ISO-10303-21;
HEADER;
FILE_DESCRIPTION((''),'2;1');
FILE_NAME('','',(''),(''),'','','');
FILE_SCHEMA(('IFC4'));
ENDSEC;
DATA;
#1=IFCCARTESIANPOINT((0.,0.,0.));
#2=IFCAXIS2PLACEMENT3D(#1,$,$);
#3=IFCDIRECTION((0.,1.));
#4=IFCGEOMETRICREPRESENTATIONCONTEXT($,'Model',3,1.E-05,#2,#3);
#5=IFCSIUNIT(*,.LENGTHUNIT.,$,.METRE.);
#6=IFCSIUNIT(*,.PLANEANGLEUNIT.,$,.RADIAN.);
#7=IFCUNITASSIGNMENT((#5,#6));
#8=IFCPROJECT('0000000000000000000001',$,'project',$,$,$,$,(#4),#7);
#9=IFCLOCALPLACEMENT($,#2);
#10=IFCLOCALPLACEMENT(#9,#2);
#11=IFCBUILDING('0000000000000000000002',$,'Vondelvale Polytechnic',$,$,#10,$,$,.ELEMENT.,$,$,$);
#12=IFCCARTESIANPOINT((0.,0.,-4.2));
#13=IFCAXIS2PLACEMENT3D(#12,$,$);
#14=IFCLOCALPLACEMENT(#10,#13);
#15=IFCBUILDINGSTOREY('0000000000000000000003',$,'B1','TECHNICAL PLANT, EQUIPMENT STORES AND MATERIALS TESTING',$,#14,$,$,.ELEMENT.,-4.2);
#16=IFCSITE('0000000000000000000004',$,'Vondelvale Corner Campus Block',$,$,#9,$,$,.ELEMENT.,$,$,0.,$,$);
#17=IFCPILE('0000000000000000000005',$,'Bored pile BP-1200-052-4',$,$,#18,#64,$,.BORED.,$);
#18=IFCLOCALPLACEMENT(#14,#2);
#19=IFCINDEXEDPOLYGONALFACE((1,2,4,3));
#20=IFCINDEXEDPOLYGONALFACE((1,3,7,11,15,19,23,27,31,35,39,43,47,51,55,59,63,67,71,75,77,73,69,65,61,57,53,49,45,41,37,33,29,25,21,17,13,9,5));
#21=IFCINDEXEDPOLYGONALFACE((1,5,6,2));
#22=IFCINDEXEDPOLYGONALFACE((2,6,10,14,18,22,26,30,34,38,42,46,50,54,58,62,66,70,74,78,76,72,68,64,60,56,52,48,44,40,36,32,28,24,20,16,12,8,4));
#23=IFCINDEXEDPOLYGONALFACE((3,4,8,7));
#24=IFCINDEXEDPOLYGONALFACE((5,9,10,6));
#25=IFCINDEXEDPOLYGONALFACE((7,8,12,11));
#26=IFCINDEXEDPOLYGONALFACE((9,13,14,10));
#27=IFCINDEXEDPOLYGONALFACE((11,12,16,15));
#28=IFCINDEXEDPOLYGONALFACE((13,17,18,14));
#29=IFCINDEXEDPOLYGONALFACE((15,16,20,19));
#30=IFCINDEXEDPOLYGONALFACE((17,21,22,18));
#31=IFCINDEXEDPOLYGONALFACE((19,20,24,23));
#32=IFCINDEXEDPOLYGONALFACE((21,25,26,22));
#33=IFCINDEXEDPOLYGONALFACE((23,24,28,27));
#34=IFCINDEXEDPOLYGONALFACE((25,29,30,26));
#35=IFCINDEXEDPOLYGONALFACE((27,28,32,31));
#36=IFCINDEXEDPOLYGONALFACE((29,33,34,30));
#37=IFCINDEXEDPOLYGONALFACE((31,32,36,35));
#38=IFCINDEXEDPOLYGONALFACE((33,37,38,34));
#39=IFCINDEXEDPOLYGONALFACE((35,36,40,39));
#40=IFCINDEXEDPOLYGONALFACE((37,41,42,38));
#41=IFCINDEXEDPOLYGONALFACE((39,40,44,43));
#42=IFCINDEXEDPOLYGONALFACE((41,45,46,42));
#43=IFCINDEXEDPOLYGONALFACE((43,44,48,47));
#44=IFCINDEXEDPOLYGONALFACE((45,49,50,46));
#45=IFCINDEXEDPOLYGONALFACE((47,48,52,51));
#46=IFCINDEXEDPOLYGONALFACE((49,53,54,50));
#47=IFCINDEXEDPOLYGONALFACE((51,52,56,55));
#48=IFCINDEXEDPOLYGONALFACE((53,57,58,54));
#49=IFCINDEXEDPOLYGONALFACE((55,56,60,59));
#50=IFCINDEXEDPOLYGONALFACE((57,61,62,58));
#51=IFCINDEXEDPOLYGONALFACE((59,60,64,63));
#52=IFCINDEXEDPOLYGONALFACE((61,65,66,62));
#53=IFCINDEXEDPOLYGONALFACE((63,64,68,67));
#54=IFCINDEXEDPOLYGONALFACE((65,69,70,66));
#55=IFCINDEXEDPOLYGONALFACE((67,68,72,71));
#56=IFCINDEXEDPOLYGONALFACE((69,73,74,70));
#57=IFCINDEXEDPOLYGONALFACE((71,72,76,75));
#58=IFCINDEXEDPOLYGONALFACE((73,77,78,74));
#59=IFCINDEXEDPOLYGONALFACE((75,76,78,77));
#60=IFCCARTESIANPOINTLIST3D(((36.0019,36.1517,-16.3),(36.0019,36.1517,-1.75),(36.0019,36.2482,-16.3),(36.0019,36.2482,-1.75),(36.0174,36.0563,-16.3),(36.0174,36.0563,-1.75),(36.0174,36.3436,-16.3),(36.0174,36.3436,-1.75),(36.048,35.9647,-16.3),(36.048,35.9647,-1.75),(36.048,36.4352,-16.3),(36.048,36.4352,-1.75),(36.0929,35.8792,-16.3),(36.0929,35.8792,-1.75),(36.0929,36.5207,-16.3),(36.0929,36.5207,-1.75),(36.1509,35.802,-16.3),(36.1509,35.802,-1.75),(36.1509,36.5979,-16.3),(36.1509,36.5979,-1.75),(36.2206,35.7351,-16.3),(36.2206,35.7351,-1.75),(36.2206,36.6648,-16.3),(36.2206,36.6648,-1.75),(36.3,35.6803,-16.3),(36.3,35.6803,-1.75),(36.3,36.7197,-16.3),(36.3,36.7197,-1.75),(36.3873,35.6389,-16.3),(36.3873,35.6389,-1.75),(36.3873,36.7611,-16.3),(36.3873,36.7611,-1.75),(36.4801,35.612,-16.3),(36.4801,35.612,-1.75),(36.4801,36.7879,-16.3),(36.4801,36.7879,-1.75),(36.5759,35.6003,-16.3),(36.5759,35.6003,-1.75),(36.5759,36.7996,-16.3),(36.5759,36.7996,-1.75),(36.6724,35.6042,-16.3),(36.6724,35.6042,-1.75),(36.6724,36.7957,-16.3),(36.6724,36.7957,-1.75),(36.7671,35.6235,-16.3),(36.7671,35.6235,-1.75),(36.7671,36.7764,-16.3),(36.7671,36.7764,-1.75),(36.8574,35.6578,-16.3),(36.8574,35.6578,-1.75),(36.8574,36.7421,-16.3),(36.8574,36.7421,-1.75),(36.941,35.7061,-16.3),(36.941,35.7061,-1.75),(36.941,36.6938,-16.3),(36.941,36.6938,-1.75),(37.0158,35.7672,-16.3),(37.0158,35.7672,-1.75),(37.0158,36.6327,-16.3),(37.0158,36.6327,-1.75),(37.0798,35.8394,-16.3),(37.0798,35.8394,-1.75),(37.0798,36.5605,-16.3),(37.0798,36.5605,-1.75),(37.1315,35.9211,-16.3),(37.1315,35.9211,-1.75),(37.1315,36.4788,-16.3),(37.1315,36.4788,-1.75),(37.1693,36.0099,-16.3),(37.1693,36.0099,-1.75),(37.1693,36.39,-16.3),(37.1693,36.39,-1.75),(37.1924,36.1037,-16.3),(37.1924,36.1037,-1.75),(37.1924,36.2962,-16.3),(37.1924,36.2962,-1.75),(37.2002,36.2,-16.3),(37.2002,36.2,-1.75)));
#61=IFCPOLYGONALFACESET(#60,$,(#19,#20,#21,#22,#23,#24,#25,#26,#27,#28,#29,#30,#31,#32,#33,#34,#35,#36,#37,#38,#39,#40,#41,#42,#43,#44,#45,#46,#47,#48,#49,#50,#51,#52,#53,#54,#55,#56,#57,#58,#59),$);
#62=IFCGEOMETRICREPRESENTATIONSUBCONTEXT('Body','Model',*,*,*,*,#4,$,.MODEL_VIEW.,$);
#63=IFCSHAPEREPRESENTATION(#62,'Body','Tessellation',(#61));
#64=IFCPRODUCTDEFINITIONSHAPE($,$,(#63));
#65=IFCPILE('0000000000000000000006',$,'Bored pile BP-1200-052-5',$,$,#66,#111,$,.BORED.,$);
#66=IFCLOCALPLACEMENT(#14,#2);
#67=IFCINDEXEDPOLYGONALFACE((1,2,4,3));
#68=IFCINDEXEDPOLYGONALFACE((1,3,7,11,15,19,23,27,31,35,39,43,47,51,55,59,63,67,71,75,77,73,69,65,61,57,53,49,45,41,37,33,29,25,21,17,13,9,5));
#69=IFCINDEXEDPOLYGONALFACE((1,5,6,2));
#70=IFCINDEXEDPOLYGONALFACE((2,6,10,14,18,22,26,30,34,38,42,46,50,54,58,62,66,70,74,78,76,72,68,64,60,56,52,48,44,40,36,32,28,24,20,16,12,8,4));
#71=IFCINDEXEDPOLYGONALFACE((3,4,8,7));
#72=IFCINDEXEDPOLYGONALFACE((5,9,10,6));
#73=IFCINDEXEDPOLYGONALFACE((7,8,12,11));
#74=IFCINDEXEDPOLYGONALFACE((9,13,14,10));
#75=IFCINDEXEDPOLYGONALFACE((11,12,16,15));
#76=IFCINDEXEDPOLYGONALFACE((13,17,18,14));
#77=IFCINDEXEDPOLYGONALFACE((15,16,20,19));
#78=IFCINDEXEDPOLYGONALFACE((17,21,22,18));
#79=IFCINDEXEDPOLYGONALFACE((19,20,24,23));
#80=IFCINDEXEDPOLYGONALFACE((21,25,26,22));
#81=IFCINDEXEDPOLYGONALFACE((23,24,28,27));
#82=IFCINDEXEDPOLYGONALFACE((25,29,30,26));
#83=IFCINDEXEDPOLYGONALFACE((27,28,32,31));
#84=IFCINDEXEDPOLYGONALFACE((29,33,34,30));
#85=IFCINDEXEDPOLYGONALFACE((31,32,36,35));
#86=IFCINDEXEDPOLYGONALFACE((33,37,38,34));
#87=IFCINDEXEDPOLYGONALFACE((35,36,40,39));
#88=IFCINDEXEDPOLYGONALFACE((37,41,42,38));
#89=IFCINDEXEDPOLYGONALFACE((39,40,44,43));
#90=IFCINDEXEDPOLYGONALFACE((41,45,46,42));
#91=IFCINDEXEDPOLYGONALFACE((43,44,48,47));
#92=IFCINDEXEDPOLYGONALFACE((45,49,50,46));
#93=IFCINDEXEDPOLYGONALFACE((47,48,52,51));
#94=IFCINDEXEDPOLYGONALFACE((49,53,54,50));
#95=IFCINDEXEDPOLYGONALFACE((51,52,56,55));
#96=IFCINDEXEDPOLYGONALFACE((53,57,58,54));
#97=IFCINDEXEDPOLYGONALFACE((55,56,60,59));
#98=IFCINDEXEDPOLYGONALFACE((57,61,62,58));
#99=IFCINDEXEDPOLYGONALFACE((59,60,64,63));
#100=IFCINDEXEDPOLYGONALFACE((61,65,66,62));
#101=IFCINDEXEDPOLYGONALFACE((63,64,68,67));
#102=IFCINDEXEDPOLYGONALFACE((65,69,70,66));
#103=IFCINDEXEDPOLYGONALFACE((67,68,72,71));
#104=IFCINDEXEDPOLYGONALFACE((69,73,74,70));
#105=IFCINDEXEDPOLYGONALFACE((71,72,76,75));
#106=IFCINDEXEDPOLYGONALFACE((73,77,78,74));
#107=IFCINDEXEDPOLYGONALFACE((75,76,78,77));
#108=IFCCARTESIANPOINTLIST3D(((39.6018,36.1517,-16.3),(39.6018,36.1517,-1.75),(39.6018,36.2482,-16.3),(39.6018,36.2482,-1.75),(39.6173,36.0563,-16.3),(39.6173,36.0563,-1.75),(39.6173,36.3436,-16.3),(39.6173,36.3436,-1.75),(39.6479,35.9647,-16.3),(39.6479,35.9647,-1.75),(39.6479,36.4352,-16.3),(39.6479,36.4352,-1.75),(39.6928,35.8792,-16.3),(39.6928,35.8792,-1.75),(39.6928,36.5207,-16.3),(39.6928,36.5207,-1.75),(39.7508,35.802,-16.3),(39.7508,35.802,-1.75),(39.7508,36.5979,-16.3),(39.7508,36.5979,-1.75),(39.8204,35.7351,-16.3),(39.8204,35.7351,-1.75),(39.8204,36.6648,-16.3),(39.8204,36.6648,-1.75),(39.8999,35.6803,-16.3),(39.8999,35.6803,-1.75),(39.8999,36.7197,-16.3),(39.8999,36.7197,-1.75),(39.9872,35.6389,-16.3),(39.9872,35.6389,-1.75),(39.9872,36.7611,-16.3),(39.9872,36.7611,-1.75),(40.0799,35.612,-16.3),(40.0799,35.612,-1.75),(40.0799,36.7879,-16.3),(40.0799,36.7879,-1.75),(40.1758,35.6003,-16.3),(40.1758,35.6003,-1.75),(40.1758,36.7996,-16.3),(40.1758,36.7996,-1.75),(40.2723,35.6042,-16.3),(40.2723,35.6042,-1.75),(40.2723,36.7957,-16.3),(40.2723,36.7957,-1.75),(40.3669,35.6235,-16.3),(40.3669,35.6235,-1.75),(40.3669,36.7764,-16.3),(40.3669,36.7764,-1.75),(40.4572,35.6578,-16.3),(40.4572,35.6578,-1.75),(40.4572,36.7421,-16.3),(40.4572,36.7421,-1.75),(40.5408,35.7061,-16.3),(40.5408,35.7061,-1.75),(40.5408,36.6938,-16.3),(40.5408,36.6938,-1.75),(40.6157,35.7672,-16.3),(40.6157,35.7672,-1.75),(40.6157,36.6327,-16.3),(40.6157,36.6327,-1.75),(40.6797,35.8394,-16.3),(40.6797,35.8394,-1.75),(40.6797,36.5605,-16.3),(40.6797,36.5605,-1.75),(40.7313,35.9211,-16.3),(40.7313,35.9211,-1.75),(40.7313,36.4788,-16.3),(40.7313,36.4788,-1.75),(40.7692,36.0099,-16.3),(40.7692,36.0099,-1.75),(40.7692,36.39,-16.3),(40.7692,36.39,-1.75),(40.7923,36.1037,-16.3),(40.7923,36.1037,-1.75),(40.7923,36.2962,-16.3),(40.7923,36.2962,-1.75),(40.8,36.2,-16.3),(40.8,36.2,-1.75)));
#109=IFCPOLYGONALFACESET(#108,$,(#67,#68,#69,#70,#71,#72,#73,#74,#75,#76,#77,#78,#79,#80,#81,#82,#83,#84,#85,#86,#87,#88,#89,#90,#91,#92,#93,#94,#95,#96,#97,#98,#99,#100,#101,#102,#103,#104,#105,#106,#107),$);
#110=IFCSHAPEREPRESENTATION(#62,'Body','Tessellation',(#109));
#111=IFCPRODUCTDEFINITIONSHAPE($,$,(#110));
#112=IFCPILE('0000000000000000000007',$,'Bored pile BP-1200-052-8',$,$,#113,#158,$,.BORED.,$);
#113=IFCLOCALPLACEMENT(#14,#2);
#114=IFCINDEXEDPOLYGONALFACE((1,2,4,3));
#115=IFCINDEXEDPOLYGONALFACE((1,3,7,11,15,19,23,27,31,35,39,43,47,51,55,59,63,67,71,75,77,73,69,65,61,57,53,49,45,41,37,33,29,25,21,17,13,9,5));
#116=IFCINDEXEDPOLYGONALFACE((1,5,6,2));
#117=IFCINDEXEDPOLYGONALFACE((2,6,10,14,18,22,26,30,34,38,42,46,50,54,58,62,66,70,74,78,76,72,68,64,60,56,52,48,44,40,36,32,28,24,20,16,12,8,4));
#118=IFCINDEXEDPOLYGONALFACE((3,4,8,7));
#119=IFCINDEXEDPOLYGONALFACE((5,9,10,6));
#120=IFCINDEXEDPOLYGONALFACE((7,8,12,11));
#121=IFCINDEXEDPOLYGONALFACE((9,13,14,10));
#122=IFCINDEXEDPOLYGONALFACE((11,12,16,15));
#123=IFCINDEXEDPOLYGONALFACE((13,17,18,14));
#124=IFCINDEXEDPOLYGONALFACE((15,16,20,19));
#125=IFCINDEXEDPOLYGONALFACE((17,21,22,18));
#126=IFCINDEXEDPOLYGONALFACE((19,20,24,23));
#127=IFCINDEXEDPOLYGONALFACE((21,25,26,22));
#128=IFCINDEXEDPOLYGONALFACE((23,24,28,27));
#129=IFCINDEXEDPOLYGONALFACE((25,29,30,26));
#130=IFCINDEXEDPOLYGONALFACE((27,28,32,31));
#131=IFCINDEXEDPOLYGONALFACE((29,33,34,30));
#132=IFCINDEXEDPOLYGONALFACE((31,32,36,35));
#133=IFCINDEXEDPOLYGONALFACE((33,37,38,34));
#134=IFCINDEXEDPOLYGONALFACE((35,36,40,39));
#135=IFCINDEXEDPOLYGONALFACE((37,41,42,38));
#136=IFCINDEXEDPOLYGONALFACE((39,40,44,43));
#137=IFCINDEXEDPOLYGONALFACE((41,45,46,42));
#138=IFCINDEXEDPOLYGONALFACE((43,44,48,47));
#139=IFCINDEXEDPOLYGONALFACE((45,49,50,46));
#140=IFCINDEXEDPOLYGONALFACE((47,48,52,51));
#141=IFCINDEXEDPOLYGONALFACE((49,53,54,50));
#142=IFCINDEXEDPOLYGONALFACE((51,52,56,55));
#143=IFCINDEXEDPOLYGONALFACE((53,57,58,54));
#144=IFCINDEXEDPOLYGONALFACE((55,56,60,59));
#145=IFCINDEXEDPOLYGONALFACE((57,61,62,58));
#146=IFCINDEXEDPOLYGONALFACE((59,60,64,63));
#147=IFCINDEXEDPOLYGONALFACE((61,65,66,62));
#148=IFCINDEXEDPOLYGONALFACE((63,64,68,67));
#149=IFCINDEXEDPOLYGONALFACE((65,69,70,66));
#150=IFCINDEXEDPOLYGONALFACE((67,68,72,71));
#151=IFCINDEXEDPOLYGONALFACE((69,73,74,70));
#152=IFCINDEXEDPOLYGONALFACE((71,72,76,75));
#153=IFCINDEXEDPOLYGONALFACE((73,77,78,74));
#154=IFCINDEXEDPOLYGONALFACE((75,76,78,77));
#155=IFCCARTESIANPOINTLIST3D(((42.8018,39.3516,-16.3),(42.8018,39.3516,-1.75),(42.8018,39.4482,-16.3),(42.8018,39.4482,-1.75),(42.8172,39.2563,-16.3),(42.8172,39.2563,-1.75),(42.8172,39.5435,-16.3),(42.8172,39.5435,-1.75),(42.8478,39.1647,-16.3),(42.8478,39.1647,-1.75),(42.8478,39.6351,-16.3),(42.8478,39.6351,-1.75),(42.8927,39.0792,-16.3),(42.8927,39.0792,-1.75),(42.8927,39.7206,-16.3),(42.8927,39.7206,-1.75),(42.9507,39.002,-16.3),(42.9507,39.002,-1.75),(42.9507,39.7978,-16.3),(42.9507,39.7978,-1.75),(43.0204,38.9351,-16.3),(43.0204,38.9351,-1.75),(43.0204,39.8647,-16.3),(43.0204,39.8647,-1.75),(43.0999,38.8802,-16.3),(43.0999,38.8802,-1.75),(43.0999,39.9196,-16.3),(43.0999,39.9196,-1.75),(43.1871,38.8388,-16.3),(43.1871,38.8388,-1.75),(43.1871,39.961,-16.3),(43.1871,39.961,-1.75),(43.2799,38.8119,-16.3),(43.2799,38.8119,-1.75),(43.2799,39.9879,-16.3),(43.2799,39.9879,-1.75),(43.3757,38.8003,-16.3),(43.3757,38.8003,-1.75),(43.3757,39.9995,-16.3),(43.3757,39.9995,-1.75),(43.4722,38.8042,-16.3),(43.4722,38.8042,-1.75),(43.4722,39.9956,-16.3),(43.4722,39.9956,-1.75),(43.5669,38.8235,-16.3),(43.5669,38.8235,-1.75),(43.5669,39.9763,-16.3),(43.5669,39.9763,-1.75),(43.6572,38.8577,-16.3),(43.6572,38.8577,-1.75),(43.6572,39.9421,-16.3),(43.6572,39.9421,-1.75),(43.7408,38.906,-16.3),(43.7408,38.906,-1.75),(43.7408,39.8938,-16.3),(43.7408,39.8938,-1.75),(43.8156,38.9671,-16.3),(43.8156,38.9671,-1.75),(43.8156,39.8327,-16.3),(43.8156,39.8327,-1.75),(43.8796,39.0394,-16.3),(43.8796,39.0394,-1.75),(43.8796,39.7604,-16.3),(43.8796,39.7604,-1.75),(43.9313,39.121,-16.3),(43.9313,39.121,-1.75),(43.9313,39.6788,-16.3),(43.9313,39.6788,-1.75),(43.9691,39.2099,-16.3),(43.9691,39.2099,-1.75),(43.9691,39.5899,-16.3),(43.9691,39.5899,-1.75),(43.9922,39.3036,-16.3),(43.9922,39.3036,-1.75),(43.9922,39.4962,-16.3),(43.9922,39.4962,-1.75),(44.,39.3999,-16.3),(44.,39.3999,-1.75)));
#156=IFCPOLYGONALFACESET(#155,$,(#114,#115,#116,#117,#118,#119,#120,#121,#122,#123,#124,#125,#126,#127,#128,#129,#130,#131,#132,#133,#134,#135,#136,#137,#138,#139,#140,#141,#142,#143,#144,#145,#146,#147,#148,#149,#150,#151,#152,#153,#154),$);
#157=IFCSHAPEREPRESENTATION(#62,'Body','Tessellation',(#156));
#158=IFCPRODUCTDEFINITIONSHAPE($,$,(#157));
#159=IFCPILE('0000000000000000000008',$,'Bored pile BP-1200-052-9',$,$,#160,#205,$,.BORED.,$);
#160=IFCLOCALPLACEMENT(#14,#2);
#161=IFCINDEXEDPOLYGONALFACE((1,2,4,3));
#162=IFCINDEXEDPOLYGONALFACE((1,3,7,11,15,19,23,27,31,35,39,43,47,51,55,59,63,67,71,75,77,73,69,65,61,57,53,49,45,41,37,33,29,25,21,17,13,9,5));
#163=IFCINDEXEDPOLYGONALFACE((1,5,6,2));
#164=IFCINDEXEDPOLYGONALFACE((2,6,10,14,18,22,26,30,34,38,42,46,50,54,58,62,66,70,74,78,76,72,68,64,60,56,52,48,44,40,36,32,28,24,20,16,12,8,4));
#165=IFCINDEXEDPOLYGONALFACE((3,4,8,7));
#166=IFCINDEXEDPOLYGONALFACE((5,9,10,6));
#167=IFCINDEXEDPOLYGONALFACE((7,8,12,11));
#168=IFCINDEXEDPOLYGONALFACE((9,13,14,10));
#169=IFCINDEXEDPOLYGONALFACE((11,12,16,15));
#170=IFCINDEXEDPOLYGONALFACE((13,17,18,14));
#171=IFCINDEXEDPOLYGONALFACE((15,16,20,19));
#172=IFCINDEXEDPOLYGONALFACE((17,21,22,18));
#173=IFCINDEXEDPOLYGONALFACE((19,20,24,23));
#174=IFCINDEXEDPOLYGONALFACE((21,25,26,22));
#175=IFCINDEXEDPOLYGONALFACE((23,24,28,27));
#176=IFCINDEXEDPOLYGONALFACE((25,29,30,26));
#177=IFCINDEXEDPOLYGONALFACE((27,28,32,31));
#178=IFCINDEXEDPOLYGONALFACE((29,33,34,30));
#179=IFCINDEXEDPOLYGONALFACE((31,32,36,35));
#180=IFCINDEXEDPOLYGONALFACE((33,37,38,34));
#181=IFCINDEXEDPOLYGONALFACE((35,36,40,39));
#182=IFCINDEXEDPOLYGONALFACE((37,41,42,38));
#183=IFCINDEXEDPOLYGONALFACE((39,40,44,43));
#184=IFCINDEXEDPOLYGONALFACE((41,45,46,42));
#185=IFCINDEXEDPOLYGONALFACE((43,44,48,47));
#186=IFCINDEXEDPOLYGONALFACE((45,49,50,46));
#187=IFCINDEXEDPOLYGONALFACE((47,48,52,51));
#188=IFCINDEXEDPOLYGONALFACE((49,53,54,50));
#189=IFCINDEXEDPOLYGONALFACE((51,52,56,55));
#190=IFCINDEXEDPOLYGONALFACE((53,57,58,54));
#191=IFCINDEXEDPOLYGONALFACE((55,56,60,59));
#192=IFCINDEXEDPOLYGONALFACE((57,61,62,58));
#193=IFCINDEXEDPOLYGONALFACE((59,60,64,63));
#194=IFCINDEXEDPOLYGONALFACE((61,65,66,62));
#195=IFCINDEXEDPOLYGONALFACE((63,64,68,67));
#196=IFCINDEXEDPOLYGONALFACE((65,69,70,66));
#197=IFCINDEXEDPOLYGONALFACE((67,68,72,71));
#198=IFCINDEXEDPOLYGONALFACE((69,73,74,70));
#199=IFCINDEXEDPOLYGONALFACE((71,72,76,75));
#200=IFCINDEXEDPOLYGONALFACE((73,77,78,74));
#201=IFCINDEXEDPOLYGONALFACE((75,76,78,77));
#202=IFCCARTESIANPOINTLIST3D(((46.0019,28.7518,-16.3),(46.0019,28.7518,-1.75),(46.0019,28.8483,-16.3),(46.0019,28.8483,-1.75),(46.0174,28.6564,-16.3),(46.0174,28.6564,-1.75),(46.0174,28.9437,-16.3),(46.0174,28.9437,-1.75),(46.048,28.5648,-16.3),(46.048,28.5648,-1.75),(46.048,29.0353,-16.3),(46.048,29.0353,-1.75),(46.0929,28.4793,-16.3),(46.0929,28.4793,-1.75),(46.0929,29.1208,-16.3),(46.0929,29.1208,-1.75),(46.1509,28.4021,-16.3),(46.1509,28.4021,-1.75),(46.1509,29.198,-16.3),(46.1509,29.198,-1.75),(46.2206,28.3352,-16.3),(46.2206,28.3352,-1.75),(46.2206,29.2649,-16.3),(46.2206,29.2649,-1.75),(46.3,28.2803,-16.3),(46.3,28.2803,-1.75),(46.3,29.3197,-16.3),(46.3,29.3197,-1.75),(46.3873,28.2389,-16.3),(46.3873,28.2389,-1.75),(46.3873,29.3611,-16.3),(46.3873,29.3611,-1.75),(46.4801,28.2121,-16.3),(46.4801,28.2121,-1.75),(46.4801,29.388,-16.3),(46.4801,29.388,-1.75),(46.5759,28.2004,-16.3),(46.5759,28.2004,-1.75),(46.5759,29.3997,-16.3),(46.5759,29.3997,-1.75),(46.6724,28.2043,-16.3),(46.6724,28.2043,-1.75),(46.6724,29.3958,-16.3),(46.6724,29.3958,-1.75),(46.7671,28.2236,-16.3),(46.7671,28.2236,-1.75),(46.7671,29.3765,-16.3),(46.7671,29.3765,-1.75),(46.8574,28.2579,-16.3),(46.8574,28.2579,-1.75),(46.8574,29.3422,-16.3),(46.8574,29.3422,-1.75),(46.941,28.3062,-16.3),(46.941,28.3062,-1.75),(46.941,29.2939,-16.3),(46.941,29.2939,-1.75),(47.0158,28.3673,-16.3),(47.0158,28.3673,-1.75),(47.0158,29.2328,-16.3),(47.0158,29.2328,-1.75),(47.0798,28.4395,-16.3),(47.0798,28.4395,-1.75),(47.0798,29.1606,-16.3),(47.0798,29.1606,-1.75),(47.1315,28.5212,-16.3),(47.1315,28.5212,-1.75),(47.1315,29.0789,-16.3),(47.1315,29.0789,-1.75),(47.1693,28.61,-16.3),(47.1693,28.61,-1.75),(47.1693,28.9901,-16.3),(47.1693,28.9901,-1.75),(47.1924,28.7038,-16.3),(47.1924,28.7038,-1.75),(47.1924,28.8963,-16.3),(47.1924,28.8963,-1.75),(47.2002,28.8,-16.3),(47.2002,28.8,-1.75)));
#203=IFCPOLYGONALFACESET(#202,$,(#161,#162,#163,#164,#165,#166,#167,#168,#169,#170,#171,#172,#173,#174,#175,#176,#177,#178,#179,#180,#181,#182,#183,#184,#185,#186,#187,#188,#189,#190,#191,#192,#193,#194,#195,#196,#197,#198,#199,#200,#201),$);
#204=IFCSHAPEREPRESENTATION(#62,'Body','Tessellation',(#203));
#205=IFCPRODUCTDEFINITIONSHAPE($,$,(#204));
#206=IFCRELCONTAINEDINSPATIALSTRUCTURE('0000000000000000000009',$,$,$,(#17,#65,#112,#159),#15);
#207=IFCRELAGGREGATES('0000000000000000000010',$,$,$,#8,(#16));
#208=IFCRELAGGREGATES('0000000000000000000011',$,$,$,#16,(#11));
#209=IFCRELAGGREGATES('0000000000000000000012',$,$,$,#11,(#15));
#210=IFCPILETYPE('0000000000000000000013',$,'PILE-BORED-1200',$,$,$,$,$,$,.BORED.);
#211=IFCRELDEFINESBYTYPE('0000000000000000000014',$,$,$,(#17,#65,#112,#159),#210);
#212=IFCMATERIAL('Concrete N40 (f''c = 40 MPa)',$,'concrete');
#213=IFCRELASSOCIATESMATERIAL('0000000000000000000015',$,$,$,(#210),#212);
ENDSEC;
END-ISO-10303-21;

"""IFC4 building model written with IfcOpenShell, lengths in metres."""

from ifc_helpers import new_model, si_unit, direction, frame, origin, origin_2d, place, context, subcontext, project, spatial, circle, extrude, material, material_profile, profile_set, type_object, element, save


model = new_model("IFC4")

# Units and contexts
model_context = context("Model", 3, precision=1e-05, world=origin(), true_north=direction((0.0, 1.0)))
body_context = subcontext(model_context, "Body", "Model", "MODEL_VIEW")
ifc_project = project(units=[si_unit("LENGTHUNIT", "METRE"), si_unit("PLANEANGLEUNIT", "RADIAN")], contexts=[model_context])

# Site, building, storey
site_placement = place(None, origin())
site = spatial("IfcSite", under=ifc_project, at=site_placement, Name="Vondelvale Corner Campus Block", CompositionType="ELEMENT", RefElevation=0.0)
building_placement = place(site_placement, origin())
building = spatial("IfcBuilding", under=site, at=building_placement, Name="Vondelvale Polytechnic", CompositionType="ELEMENT")
storey_placement = place(building_placement, frame((0.0, 0.0, -4.2)))
storey = spatial("IfcBuildingStorey", under=building, at=storey_placement, Name="B1", Description="TECHNICAL PLANT, EQUIPMENT STORES AND MATERIALS TESTING", CompositionType="ELEMENT", Elevation=-4.2)

# Shared definitions
ifc_material_1 = material(Name="Concrete N40 (f'c = 40 MPa)", Category="concrete")

# Piles
ifc_material_profile_1 = material_profile(ifc_material_1, circle(Radius=0.6001, at=origin_2d()), Name="PILE-D1200")
ifc_profile_set_1 = profile_set([ifc_material_profile_1], Name="Concrete N40 (f'c = 40 MPa)")
pile_type = type_object("IfcPileType", Name="PILE-BORED-1200", PredefinedType="BORED", material=ifc_profile_set_1)
for number, where, z_axis, x_axis, name in (
    (1, (36.6001, 36.2, -1.75), (0.0, 0.0, -1.0), (1.0, 0.0, 0.0), "Bored pile BP-1200-052-4"),
    (2, (40.2, 36.2, -1.75), (0.0, 0.0, -1.0), (1.0, 0.0, 0.0), "Bored pile BP-1200-052-5"),
    (3, (43.3999, 39.3999, -1.75), (0.0, 0.0, -1.0), (1.0, 0.0, 0.0), "Bored pile BP-1200-052-8"),
    (4, (46.6001, 28.8, -1.75), (0.0, 0.0, -1.0), (1.0, 0.0, 0.0), "Bored pile BP-1200-052-9"),
):
    element("IfcPile", number, at=place(storey_placement, frame(where, z_axis=z_axis, x_axis=x_axis)), inside=storey, type_object=pile_type, Name=name, PredefinedType="BORED", context=body_context, shape_type="SweptSolid", body=[
        extrude(circle(Radius=0.6001, at=origin_2d()), origin(), (0.0, 0.0, 1.0), 14.55),
    ])

save(model, "model.ifc")
